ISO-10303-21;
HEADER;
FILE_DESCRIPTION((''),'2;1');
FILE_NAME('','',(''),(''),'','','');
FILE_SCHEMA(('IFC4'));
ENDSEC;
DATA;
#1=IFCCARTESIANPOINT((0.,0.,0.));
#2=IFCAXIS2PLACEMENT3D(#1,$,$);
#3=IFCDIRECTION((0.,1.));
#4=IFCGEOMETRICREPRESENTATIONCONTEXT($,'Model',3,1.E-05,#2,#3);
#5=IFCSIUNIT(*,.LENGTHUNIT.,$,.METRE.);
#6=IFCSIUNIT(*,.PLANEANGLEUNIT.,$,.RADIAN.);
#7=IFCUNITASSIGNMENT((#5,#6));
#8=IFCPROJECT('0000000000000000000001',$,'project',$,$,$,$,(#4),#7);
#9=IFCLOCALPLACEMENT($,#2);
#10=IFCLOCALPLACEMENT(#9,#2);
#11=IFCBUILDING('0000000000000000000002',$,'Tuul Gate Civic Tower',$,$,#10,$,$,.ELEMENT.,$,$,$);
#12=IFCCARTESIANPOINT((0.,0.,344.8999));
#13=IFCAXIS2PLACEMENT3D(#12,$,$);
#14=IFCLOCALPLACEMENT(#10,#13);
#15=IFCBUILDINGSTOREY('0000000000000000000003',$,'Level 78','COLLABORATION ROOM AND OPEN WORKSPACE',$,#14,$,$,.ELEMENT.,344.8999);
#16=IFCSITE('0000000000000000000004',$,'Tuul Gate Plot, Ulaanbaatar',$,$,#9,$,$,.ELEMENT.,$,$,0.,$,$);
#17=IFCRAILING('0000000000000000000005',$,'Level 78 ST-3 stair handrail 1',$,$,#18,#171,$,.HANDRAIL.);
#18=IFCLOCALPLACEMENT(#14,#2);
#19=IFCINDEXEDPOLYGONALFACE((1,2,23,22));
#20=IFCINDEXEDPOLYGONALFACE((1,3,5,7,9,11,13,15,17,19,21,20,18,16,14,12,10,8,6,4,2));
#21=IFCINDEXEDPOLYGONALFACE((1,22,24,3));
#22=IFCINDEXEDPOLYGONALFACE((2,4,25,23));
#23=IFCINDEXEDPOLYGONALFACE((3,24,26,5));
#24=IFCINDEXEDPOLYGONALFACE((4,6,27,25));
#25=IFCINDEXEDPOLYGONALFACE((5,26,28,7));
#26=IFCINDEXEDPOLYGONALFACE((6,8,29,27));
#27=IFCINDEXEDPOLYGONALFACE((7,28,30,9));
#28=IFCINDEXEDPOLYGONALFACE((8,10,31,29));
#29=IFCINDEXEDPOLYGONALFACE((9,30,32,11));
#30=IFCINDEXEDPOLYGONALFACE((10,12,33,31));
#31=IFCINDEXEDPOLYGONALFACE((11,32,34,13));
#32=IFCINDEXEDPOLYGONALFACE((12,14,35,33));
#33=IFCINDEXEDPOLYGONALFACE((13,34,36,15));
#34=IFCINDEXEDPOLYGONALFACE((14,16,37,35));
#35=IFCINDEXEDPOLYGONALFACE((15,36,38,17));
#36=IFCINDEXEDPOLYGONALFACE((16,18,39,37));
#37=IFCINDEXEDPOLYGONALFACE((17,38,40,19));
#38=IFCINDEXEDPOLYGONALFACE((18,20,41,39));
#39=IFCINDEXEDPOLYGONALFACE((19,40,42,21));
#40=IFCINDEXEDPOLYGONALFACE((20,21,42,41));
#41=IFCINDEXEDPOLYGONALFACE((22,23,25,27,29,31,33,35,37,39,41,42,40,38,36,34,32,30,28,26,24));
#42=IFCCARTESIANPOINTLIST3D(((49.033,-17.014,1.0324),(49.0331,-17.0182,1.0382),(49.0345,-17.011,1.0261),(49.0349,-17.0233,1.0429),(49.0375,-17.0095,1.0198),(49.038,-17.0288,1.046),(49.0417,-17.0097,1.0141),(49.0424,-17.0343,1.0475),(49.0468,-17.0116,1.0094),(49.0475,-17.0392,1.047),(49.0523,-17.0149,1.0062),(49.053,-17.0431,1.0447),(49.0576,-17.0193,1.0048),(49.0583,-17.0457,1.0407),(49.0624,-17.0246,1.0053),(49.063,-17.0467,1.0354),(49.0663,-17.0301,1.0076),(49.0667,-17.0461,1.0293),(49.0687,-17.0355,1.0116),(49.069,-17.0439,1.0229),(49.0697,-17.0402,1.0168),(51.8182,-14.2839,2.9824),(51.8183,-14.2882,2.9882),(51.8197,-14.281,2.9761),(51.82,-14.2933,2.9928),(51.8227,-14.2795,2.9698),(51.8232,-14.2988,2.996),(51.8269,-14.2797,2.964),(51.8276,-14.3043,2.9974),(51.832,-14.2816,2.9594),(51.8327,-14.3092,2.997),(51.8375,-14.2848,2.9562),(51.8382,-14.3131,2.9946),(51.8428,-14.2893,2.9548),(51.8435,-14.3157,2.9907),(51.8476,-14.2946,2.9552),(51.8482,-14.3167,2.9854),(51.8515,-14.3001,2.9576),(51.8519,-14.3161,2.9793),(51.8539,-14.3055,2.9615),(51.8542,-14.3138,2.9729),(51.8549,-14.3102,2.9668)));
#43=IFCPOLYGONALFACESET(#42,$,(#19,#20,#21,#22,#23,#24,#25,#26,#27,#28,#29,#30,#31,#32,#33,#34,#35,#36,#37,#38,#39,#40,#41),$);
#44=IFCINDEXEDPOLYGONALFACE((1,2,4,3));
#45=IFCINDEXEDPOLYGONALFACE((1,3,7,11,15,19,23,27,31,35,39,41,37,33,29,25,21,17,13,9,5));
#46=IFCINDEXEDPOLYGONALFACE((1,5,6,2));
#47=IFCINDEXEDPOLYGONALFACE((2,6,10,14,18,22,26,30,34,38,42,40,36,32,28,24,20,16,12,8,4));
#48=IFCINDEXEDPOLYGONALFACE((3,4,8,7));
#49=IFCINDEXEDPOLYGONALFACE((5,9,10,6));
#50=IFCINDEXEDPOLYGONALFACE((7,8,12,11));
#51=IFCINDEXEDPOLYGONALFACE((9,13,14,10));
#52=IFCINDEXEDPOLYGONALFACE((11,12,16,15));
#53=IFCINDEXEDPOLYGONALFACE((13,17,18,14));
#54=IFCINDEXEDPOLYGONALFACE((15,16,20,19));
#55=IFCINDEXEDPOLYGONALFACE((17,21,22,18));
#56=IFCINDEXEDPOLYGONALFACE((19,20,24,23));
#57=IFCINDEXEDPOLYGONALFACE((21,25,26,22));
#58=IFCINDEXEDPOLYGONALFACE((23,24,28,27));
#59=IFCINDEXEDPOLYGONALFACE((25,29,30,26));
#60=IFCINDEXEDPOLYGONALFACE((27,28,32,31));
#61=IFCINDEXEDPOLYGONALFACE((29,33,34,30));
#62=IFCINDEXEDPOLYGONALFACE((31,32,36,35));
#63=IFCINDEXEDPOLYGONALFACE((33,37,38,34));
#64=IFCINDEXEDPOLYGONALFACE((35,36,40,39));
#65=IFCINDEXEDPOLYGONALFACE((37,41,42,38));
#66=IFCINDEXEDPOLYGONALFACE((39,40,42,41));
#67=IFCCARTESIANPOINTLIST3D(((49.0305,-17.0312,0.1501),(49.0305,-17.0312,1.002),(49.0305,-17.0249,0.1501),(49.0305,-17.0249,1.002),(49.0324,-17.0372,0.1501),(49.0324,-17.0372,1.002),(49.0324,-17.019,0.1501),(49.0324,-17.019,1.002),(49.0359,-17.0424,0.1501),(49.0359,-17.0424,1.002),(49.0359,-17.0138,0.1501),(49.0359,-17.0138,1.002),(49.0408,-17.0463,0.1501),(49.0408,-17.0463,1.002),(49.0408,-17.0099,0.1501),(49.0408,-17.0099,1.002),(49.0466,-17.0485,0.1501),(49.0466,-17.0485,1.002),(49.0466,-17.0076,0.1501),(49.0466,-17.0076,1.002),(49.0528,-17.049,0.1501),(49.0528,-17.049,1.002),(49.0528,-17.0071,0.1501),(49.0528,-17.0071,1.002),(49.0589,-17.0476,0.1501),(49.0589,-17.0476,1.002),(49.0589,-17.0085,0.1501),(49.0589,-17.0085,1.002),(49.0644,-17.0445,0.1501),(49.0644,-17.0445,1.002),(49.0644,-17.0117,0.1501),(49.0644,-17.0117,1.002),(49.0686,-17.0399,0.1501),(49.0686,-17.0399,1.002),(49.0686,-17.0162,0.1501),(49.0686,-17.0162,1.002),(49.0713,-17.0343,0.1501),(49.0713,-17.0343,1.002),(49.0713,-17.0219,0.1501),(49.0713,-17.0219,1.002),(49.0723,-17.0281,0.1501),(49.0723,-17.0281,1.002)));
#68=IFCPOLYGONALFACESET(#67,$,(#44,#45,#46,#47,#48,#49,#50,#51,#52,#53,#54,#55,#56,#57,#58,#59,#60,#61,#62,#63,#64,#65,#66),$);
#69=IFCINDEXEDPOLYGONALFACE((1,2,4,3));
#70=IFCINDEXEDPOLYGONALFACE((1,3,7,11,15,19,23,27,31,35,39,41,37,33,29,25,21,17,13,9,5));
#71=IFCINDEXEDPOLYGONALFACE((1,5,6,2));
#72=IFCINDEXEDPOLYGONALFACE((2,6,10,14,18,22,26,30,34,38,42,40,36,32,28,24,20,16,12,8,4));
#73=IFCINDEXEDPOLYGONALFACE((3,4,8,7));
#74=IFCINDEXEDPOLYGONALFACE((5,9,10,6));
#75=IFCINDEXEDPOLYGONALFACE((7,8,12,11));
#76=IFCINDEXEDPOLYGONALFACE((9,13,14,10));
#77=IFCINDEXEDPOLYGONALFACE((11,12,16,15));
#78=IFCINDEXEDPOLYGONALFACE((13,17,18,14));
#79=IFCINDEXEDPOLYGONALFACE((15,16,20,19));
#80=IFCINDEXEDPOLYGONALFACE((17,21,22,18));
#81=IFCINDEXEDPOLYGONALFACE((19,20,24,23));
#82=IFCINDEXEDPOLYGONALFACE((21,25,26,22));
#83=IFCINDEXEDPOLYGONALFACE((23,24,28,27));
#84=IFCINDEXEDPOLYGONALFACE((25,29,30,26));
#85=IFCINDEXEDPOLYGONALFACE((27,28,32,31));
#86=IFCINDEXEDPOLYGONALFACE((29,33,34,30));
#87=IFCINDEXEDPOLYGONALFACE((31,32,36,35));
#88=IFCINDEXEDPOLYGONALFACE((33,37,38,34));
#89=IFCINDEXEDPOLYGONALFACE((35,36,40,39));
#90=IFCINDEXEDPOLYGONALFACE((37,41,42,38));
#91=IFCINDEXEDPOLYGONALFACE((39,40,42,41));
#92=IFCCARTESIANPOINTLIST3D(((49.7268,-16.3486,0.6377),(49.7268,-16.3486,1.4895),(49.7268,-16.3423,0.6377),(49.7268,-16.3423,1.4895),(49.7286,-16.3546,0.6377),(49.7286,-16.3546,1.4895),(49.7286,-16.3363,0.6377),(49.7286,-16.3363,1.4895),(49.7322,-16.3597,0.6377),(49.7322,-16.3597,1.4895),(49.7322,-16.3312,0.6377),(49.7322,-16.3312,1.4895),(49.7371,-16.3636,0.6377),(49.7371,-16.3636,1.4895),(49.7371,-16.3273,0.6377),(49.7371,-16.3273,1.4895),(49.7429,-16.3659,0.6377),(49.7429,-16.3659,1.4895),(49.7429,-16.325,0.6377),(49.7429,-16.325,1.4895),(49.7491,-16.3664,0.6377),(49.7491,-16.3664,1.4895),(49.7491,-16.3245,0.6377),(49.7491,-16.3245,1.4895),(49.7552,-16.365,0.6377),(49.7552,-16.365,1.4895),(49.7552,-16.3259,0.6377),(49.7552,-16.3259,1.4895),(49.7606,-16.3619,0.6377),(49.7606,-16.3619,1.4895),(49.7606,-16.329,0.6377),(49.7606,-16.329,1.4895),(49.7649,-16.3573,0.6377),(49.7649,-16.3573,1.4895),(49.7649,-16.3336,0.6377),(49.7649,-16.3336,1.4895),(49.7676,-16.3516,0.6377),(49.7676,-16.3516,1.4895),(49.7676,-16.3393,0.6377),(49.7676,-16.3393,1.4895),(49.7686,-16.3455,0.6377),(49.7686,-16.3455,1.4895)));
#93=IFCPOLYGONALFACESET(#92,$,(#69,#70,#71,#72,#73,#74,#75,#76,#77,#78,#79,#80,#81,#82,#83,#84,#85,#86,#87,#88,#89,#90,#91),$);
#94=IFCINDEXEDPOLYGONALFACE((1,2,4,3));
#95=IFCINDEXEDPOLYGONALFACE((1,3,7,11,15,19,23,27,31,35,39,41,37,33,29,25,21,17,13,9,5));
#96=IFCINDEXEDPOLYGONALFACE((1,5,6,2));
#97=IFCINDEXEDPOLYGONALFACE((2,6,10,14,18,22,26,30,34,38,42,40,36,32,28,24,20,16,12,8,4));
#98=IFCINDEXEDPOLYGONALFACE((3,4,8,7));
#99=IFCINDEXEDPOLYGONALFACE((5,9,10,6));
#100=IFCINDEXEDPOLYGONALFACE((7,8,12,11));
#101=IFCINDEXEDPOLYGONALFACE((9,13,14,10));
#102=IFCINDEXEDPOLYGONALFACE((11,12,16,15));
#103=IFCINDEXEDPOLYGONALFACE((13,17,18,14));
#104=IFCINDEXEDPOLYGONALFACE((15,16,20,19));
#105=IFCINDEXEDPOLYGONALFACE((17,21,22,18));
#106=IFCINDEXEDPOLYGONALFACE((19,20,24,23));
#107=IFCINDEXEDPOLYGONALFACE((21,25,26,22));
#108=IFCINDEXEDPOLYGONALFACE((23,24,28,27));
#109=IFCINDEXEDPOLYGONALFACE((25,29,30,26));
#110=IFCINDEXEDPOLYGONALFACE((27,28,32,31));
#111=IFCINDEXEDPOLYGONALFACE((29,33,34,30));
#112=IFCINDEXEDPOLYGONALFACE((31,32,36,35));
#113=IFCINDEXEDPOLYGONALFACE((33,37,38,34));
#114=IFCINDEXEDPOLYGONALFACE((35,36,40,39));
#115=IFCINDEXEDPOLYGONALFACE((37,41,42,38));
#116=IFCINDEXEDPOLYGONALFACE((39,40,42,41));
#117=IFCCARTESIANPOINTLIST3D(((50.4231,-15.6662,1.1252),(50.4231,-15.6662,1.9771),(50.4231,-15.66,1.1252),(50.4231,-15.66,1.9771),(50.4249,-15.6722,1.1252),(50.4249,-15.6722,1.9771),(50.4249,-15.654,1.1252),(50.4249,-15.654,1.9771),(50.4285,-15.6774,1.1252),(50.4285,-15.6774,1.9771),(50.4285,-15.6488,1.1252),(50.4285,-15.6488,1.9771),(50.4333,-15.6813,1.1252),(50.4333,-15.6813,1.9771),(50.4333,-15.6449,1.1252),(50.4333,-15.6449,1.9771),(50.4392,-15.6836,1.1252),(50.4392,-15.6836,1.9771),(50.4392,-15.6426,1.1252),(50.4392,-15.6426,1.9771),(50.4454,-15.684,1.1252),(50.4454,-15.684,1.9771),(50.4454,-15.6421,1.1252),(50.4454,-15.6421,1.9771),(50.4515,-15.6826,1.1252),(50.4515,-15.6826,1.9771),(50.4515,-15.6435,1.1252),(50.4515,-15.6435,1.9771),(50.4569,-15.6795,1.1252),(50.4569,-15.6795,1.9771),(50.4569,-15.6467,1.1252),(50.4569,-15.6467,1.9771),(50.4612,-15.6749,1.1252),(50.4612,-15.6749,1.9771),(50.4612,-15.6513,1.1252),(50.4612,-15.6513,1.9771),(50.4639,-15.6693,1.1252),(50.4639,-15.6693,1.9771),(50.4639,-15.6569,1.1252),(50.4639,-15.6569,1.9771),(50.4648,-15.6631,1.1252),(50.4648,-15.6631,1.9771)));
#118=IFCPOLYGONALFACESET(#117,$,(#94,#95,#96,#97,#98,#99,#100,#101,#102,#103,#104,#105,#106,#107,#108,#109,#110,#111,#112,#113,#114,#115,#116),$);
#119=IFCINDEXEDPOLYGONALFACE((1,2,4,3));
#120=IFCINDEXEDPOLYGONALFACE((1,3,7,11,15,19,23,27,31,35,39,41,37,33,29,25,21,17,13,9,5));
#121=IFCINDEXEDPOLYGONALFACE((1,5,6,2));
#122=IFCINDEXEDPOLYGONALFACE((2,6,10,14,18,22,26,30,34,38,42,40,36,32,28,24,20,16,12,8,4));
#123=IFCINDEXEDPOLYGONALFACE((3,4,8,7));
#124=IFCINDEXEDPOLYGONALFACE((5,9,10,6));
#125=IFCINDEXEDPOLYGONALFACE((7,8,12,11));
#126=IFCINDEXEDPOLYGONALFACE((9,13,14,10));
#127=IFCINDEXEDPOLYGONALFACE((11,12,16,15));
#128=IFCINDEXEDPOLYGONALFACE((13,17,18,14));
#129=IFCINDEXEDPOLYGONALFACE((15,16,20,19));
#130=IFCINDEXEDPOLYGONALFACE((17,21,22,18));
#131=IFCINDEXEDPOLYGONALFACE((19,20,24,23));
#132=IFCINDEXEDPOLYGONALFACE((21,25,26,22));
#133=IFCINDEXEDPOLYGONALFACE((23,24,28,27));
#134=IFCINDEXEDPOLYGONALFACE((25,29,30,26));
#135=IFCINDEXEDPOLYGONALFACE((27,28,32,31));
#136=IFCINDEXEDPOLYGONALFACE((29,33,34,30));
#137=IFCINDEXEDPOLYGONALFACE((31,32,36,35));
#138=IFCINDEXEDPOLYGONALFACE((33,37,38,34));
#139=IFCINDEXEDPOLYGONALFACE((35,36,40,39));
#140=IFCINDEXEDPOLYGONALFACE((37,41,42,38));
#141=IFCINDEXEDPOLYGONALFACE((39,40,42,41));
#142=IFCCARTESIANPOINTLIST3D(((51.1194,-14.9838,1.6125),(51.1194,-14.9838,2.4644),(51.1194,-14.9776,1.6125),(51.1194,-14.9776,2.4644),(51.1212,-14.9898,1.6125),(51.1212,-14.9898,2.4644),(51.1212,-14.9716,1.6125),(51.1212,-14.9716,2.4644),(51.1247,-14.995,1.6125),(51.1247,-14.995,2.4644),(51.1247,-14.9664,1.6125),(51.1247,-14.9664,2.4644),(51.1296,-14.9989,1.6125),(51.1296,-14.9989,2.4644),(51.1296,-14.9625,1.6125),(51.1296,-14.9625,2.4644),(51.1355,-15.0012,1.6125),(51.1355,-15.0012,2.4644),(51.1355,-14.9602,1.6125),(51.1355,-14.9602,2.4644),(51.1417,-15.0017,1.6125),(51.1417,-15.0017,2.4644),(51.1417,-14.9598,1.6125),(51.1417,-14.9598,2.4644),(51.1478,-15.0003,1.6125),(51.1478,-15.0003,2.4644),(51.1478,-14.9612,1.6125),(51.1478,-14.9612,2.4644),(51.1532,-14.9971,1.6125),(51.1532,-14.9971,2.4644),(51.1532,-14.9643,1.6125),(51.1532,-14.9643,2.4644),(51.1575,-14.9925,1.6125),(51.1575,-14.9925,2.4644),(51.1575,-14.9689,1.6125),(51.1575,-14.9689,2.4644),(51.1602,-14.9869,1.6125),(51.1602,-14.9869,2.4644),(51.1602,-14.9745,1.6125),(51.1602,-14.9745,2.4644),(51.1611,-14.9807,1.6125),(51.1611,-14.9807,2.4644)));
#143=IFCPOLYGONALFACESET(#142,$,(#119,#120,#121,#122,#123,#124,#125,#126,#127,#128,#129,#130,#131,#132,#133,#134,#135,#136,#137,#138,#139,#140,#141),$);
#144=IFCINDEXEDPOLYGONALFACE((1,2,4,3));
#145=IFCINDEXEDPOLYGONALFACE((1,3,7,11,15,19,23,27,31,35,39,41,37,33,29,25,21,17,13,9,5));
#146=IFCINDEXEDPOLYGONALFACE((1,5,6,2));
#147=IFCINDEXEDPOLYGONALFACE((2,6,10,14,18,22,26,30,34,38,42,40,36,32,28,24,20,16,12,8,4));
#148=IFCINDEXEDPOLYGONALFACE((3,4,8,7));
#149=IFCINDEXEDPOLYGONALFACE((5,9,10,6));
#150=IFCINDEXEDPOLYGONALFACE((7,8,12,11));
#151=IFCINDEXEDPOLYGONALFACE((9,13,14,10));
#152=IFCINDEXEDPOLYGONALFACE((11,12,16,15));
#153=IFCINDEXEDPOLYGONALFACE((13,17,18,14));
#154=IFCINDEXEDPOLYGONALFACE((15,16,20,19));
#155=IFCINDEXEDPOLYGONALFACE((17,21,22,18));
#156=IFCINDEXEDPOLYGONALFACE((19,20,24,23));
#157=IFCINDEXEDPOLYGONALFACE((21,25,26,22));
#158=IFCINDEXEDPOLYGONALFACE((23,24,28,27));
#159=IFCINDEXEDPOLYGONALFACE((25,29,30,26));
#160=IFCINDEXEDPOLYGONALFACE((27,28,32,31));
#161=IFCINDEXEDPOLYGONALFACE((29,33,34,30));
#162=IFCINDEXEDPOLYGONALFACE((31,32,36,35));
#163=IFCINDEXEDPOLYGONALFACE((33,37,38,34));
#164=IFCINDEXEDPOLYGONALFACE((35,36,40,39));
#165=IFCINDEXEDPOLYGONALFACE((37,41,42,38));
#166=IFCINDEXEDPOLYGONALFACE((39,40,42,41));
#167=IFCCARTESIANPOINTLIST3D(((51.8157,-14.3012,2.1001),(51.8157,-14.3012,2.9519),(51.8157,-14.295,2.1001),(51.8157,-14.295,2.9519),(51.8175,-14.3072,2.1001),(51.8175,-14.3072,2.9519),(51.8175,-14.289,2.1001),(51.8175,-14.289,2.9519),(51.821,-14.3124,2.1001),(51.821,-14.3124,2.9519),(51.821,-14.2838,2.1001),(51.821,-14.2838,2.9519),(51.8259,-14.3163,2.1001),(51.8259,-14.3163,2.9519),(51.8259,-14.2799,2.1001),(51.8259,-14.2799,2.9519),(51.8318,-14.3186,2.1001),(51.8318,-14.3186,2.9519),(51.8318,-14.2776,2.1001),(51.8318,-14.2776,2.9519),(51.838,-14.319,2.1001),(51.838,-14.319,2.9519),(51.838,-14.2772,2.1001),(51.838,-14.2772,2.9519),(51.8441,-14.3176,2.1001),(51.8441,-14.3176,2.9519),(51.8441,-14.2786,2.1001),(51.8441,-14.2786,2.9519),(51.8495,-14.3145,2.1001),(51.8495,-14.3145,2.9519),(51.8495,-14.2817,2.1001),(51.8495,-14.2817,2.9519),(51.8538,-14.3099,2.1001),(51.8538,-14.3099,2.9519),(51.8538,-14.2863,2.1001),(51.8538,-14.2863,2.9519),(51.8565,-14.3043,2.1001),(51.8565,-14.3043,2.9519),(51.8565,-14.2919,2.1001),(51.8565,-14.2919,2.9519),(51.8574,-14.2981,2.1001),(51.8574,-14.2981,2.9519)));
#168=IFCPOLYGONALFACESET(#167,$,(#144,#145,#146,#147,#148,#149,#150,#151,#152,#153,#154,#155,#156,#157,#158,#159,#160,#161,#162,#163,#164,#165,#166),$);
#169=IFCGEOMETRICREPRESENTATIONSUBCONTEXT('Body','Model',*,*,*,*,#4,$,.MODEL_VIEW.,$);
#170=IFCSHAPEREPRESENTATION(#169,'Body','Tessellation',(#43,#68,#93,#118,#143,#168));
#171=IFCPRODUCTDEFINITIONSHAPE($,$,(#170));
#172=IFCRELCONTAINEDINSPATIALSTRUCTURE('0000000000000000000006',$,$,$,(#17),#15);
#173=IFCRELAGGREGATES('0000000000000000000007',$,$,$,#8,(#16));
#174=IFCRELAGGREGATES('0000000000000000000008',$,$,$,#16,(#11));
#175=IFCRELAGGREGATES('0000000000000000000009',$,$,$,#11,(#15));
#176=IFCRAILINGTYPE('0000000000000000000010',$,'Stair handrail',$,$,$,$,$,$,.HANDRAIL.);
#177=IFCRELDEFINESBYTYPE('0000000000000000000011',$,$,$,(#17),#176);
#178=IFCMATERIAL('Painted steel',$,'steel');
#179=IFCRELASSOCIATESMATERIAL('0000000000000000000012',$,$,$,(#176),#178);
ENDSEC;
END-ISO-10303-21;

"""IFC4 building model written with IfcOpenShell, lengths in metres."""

from ifc_helpers import new_model, si_unit, direction, frame, origin, origin_2d, place, context, subcontext, project, spatial, circle, extrude, material, type_object, element, save


model = new_model("IFC4")

# Units and contexts
model_context = context("Model", 3, precision=1e-05, world=origin(), true_north=direction((0.0, 1.0)))
body_context = subcontext(model_context, "Body", "Model", "MODEL_VIEW")
ifc_project = project(units=[si_unit("LENGTHUNIT", "METRE"), si_unit("PLANEANGLEUNIT", "RADIAN")], contexts=[model_context])

# Site, building, storey
site_placement = place(None, origin())
site = spatial("IfcSite", under=ifc_project, at=site_placement, Name="Tuul Gate Plot, Ulaanbaatar", CompositionType="ELEMENT", RefElevation=0.0)
building_placement = place(site_placement, origin())
building = spatial("IfcBuilding", under=site, at=building_placement, Name="Tuul Gate Civic Tower", CompositionType="ELEMENT")
storey_placement = place(building_placement, frame((0.0, 0.0, 344.8999)))
storey = spatial("IfcBuildingStorey", under=building, at=storey_placement, Name="Level 78", Description="COLLABORATION ROOM AND OPEN WORKSPACE", CompositionType="ELEMENT", Elevation=344.8999)

# Railing
ifc_material_1 = material(Name="Painted steel", Category="steel")
railing_type_1 = type_object("IfcRailingType", Name="Stair handrail", PredefinedType="HANDRAIL", material=ifc_material_1)
railing_1_placement = place(storey_placement, frame((49.0513, -17.0281, 0.1501)))
element("IfcRailing", 1, at=railing_1_placement, inside=storey, type_object=railing_type_1, Name="Level 78 ST-3 stair handrail 1", PredefinedType="HANDRAIL", context=body_context, shape_type="SweptSolid", body=[
    extrude(circle(Radius=0.0239, at=origin_2d()), frame((0.0, 0.0, 0.876), z_axis=(0.638754, 0.6261, 0.447206), x_axis=(-0.699998, 0.714145, 0.0)), (0.0, 0.0, 1.0), 4.3604),
    extrude(circle(Radius=0.021, at=origin_2d()), origin(), (0.0, 0.0, 1.0), 0.8518),
    extrude(circle(Radius=0.021, at=origin_2d()), frame((0.6963, 0.6826, 0.4875)), (0.0, 0.0, 1.0), 0.8518),
    extrude(circle(Radius=0.021, at=origin_2d()), frame((1.3926, 1.365, 0.9751)), (0.0, 0.0, 1.0), 0.8518),
    extrude(circle(Radius=0.021, at=origin_2d()), frame((2.0889, 2.0474, 1.4624)), (0.0, 0.0, 1.0), 0.8518),
    extrude(circle(Radius=0.021, at=origin_2d()), frame((2.7852, 2.73, 1.95)), (0.0, 0.0, 1.0), 0.8518),
])

save(model, "model.ifc")
